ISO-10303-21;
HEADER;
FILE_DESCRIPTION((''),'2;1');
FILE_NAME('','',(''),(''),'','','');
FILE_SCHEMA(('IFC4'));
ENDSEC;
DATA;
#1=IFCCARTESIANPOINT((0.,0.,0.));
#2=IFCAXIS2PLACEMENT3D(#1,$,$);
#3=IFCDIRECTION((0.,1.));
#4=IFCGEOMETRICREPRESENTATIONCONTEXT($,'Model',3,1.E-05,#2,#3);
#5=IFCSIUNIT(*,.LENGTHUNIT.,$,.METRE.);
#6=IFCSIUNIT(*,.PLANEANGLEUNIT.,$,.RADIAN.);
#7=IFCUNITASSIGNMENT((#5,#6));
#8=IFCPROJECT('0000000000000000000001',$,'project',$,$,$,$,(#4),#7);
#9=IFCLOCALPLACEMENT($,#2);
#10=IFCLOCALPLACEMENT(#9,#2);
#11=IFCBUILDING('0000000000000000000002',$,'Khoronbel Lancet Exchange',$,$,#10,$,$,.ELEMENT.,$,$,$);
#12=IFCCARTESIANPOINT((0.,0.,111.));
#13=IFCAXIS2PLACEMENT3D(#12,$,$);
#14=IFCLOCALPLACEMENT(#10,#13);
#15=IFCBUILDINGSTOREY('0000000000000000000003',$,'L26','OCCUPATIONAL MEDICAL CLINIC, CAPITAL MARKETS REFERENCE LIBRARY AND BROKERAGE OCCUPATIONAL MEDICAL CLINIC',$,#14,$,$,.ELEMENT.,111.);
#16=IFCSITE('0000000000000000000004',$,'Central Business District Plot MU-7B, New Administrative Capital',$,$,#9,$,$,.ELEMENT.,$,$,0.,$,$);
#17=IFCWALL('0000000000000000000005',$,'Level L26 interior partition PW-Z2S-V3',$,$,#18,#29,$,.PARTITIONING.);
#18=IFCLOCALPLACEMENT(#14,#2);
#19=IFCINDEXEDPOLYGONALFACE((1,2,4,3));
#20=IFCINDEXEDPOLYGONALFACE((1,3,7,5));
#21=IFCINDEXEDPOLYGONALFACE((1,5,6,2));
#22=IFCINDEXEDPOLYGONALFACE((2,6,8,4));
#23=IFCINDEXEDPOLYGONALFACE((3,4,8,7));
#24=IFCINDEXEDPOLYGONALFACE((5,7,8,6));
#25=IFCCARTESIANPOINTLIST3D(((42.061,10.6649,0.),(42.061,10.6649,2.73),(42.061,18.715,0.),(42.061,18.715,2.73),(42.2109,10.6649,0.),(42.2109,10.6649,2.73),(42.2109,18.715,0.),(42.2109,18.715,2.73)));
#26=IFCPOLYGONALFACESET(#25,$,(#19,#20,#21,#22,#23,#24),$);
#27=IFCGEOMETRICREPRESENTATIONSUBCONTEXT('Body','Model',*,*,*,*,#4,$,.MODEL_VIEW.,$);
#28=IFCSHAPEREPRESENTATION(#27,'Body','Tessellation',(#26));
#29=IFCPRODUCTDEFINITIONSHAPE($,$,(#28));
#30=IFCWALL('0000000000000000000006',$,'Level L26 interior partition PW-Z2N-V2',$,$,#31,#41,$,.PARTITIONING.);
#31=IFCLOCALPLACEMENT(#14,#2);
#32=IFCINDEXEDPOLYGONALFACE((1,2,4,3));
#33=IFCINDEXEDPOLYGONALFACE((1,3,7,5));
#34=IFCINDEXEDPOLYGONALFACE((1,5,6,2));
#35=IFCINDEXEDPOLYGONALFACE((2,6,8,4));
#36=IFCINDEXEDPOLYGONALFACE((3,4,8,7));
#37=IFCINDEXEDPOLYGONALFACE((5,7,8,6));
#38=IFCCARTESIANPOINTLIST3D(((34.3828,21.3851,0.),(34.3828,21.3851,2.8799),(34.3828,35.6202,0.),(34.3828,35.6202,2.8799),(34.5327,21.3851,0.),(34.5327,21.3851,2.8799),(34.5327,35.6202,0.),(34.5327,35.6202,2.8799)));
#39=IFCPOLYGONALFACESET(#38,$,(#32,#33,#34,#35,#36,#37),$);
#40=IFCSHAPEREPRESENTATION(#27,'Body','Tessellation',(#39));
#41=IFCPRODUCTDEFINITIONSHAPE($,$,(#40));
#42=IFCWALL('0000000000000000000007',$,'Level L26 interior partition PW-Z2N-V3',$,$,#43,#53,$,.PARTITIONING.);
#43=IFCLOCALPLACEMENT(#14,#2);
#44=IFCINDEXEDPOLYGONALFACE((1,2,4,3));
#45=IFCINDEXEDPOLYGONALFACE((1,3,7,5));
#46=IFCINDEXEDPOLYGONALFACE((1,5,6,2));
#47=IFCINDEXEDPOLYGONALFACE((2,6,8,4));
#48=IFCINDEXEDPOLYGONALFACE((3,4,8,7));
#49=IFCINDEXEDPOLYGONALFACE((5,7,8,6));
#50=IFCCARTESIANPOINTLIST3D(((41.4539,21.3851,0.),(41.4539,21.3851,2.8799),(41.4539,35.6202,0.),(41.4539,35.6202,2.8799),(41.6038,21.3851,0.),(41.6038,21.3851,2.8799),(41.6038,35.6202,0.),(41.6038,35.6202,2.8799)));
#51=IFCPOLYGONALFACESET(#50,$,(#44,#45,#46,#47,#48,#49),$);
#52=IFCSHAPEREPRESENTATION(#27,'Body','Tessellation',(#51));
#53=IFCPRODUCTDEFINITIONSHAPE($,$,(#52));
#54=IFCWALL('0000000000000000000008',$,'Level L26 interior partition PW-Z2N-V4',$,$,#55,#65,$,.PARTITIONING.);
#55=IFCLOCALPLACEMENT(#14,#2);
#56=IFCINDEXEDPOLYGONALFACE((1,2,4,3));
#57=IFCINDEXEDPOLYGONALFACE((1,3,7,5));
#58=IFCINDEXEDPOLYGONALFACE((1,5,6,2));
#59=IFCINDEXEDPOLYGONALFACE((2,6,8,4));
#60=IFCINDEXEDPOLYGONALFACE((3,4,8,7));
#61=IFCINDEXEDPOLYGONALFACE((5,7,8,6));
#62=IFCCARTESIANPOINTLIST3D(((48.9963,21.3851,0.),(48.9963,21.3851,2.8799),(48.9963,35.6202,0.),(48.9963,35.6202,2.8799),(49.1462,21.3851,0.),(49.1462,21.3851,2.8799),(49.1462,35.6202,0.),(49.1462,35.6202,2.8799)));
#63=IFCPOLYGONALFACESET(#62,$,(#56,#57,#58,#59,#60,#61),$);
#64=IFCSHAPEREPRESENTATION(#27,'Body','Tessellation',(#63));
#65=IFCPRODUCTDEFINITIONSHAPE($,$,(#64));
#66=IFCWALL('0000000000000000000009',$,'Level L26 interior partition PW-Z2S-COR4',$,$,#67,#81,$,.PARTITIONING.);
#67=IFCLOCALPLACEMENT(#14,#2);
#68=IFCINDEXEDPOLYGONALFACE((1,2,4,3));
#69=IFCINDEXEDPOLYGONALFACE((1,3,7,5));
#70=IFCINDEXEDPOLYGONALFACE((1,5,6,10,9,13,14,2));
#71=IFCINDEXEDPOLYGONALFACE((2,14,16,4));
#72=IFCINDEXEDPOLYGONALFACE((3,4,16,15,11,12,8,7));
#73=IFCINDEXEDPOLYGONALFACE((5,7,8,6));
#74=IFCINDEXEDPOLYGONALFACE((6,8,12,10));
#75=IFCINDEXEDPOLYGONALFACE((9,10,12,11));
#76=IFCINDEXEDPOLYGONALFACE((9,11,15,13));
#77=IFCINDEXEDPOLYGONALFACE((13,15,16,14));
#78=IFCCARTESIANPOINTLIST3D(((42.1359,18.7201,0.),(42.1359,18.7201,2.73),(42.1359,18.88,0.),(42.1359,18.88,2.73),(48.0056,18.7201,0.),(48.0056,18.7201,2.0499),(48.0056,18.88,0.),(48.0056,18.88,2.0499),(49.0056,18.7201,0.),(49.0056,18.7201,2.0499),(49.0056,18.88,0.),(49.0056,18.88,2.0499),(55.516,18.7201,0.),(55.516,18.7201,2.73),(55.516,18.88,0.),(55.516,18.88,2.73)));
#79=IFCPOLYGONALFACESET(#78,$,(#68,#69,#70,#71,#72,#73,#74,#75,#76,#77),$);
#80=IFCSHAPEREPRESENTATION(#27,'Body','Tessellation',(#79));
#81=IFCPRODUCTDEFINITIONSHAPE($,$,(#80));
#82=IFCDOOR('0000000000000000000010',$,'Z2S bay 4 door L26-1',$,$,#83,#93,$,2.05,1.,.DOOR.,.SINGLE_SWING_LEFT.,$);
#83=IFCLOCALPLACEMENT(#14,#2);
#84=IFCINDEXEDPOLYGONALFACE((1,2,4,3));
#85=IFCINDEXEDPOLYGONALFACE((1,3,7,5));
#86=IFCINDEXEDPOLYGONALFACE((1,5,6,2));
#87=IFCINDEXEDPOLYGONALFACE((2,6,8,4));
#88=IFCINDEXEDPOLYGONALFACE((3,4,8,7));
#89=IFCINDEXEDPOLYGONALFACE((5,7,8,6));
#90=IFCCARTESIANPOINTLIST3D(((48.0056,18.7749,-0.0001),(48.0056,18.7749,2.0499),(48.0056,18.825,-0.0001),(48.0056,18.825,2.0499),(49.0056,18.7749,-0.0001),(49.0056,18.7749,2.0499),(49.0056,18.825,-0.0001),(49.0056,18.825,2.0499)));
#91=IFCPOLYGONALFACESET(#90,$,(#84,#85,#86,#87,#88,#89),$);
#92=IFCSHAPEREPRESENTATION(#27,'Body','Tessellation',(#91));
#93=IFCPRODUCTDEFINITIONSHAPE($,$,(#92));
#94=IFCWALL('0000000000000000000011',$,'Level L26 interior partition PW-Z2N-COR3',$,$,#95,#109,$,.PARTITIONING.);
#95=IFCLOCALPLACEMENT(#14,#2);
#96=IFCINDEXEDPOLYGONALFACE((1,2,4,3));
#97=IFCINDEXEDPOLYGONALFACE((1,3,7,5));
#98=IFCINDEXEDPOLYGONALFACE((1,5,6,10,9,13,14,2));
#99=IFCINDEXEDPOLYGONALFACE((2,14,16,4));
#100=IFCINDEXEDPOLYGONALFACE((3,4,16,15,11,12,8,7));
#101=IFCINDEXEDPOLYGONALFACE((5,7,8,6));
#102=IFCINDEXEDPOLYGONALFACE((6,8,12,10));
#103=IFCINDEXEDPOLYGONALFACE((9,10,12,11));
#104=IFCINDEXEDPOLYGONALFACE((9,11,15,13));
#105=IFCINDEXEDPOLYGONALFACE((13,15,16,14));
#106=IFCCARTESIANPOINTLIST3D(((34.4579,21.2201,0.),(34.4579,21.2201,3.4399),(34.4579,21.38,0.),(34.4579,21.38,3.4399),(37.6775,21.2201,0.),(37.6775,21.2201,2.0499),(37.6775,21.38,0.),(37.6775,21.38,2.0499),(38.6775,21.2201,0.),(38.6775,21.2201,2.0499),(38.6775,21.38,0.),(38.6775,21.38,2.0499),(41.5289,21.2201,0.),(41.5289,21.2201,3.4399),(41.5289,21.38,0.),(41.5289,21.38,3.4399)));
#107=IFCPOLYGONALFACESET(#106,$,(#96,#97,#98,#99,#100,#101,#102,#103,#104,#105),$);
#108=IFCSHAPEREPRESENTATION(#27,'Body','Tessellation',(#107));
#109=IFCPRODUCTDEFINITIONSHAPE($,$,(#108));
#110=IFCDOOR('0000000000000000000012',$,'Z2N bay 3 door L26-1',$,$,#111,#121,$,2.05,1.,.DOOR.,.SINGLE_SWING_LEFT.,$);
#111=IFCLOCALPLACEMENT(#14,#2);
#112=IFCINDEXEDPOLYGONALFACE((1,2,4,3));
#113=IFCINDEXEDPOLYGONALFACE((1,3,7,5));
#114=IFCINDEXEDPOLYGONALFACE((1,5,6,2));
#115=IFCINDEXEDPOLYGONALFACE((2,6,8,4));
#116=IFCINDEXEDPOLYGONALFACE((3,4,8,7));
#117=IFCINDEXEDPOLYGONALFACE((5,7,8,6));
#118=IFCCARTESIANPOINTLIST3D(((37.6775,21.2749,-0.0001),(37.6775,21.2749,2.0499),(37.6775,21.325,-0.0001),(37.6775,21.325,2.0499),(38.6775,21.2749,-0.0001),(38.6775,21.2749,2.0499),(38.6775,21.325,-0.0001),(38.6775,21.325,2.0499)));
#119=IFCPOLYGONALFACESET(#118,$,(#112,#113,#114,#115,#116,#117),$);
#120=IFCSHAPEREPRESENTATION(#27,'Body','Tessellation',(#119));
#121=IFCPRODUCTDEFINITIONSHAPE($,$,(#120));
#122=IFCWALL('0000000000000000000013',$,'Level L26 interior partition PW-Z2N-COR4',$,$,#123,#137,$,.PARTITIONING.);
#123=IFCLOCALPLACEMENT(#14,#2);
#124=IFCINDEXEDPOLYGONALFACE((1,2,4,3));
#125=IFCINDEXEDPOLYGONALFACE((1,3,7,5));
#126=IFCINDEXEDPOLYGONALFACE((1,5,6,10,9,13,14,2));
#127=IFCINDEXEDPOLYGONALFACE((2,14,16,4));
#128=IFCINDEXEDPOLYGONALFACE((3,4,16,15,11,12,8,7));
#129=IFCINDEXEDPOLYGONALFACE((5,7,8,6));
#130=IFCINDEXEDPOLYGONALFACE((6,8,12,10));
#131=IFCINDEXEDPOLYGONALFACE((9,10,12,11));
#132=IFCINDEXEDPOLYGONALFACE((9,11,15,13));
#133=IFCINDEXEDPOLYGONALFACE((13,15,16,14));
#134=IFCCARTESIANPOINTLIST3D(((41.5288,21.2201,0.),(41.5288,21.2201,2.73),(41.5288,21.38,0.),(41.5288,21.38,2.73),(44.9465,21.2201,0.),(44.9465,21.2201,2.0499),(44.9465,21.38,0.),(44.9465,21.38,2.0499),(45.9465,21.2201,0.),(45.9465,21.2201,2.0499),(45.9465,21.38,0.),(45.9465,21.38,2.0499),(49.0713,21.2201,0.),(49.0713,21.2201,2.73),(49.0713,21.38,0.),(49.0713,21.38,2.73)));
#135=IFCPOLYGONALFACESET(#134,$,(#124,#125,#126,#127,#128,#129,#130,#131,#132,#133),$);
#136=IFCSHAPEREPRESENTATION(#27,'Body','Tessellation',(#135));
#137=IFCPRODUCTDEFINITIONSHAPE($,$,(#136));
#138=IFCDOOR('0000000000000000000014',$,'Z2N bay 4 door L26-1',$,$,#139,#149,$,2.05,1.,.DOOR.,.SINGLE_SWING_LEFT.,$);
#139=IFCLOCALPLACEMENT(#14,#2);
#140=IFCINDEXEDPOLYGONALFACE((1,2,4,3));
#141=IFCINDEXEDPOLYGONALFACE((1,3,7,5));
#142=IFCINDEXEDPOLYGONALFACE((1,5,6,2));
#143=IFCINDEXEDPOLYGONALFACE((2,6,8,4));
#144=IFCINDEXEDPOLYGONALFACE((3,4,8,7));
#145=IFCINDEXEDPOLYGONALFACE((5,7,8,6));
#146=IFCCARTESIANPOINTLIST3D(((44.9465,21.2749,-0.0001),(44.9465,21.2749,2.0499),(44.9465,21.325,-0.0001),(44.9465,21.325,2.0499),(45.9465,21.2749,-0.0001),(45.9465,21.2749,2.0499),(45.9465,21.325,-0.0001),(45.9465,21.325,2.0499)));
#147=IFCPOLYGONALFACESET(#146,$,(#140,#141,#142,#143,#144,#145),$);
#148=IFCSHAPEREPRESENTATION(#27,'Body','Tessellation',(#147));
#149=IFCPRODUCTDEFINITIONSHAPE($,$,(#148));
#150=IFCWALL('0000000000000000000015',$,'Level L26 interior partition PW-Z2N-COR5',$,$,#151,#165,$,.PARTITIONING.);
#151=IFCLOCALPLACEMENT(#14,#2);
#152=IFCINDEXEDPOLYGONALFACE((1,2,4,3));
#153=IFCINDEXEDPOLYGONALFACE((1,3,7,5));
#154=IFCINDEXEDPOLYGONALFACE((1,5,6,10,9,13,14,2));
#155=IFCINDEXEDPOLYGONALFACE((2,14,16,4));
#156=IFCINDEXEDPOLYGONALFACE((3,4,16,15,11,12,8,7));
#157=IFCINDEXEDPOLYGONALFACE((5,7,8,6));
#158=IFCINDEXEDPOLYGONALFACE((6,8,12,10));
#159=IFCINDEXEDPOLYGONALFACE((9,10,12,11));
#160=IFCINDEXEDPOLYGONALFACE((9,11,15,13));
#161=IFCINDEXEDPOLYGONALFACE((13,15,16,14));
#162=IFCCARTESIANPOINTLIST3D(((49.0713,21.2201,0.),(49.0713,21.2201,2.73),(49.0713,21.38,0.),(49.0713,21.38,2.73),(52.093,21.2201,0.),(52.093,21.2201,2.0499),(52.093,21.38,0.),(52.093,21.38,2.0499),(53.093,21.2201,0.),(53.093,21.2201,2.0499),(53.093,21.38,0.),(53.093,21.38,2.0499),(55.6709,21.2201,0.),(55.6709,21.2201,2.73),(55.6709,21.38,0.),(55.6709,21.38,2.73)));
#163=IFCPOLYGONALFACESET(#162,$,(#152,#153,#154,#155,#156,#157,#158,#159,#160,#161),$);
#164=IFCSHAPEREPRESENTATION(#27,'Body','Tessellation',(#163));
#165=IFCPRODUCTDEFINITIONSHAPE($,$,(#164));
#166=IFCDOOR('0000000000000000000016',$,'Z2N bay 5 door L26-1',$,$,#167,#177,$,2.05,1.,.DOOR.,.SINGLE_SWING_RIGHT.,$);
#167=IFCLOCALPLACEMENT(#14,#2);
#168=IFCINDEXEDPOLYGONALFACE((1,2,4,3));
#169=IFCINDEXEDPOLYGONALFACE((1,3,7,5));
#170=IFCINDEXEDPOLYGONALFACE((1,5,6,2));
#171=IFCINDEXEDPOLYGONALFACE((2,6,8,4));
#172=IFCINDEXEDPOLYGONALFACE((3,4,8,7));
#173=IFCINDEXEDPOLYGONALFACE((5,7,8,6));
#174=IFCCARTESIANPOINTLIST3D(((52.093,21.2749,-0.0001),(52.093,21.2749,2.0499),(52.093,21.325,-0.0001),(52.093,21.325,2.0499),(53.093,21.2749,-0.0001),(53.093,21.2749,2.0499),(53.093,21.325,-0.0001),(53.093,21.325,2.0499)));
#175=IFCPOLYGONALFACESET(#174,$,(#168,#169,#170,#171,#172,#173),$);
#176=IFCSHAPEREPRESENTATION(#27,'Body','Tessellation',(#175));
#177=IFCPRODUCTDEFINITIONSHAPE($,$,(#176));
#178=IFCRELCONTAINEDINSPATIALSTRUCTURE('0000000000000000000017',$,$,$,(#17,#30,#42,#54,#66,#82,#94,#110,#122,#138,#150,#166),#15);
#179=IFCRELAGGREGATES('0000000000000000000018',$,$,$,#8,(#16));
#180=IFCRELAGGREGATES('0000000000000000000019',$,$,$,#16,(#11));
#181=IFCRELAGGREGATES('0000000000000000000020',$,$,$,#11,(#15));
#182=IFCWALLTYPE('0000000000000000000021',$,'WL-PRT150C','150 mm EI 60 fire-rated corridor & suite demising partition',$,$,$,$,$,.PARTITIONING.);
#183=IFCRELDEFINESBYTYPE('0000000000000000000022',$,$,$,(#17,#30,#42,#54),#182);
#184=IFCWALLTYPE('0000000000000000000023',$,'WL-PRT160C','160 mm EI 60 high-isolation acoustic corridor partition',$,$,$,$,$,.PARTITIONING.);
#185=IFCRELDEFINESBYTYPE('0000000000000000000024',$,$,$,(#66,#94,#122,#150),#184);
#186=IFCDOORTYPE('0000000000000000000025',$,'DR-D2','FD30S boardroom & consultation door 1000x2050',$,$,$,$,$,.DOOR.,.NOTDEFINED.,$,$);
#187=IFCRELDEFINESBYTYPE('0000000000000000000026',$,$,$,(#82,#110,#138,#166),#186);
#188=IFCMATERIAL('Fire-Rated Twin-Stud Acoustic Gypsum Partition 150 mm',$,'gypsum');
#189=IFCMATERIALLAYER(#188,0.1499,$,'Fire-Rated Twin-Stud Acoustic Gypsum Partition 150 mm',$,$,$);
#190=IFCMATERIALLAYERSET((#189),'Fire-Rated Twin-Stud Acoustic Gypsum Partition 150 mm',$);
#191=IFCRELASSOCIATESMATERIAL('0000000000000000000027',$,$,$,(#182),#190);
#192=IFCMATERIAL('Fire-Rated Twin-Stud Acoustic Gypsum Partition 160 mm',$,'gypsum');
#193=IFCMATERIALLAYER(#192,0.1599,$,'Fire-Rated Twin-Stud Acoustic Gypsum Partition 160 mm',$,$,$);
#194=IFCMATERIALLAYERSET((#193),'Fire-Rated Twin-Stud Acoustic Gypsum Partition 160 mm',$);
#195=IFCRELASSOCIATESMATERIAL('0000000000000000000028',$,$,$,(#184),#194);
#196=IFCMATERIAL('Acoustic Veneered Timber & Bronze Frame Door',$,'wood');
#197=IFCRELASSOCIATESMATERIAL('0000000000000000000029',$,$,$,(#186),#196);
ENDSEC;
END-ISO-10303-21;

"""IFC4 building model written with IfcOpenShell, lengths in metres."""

from ifc_helpers import new_model, si_unit, direction, frame, frame_2d, origin, place, context, subcontext, project, spatial, rectangle, extrude, material, layer, layer_set, type_object, element, fill, save


model = new_model("IFC4")

# Units and contexts
model_context = context("Model", 3, precision=1e-05, world=origin(), true_north=direction((0.0, 1.0)))
body_context = subcontext(model_context, "Body", "Model", "MODEL_VIEW")
ifc_project = project(units=[si_unit("LENGTHUNIT", "METRE"), si_unit("PLANEANGLEUNIT", "RADIAN")], contexts=[model_context])

# Site, building, storey
site_placement = place(None, origin())
site = spatial("IfcSite", under=ifc_project, at=site_placement, Name="Central Business District Plot MU-7B, New Administrative Capital", CompositionType="ELEMENT", RefElevation=0.0)
building_placement = place(site_placement, origin())
building = spatial("IfcBuilding", under=site, at=building_placement, Name="Khoronbel Lancet Exchange", CompositionType="ELEMENT")
storey_placement = place(building_placement, frame((0.0, 0.0, 111.0)))
storey = spatial("IfcBuildingStorey", under=building, at=storey_placement, Name="L26", Description="OCCUPATIONAL MEDICAL CLINIC, CAPITAL MARKETS REFERENCE LIBRARY AND BROKERAGE OCCUPATIONAL MEDICAL CLINIC", CompositionType="ELEMENT", Elevation=111.0)

# Walls
ifc_material_1 = material(Name="Fire-Rated Twin-Stud Acoustic Gypsum Partition 150 mm", Category="gypsum")
ifc_layer_1 = layer(ifc_material_1, 0.1499, Name="Fire-Rated Twin-Stud Acoustic Gypsum Partition 150 mm")
ifc_layer_set_1 = layer_set([ifc_layer_1], Name="Fire-Rated Twin-Stud Acoustic Gypsum Partition 150 mm")
wall_type_1 = type_object("IfcWallType", Name="WL-PRT150C", Description="150 mm EI 60 fire-rated corridor & suite demising partition", PredefinedType="PARTITIONING", material=ifc_layer_set_1)
wall_1_placement = place(storey_placement, frame((42.136, 10.665, 0.0), z_axis=(0.0, 0.0, 1.0), x_axis=(0.0, 1.0, 0.0)))
element("IfcWall", 1, at=wall_1_placement, inside=storey, type_object=wall_type_1, Name="Level L26 interior partition PW-Z2S-V3", PredefinedType="PARTITIONING", context=body_context, shape_type="SweptSolid", body=[
    extrude(rectangle(XDim=8.05, YDim=0.1499, at=frame_2d((4.0249, 0.0))), origin(), (0.0, 0.0, 1.0), 2.73),
])
for number, where, z_axis, x_axis, name in (
    (2, (34.4578, 21.385, 0.0), (0.0, 0.0, 1.0), (0.0, 1.0, 0.0), "Level L26 interior partition PW-Z2N-V2"),
    (3, (41.5288, 21.385, 0.0), (0.0, 0.0, 1.0), (0.0, 1.0, 0.0), "Level L26 interior partition PW-Z2N-V3"),
    (4, (49.0713, 21.385, 0.0), (0.0, 0.0, 1.0), (0.0, 1.0, 0.0), "Level L26 interior partition PW-Z2N-V4"),
):
    element("IfcWall", number, at=place(storey_placement, frame(where, z_axis=z_axis, x_axis=x_axis)), inside=storey, type_object=wall_type_1, Name=name, PredefinedType="PARTITIONING", context=body_context, shape_type="SweptSolid", body=[
        extrude(rectangle(XDim=14.2351, YDim=0.1499, at=frame_2d((7.1177, 0.0))), origin(), (0.0, 0.0, 1.0), 2.8799),
    ])

# Walls, openings, doors
ifc_material_2 = material(Name="Fire-Rated Twin-Stud Acoustic Gypsum Partition 160 mm", Category="gypsum")
ifc_layer_2 = layer(ifc_material_2, 0.1599, Name="Fire-Rated Twin-Stud Acoustic Gypsum Partition 160 mm")
ifc_layer_set_2 = layer_set([ifc_layer_2], Name="Fire-Rated Twin-Stud Acoustic Gypsum Partition 160 mm")
wall_type_2 = type_object("IfcWallType", Name="WL-PRT160C", Description="160 mm EI 60 high-isolation acoustic corridor partition", PredefinedType="PARTITIONING", material=ifc_layer_set_2)
wall_2_placement = place(storey_placement, frame((42.136, 18.8, 0.0), z_axis=(0.0, 0.0, 1.0), x_axis=(1.0, 0.0, 0.0)))
wall_2 = element("IfcWall", 5, at=wall_2_placement, inside=storey, type_object=wall_type_2, Name="Level L26 interior partition PW-Z2S-COR4", PredefinedType="PARTITIONING", context=body_context, shape_type="SweptSolid", body=[
    extrude(rectangle(XDim=13.3801, YDim=0.1599, at=frame_2d((6.6899, 0.0))), origin(), (0.0, 0.0, 1.0), 2.73),
])
opening_1_placement = place(wall_2_placement, frame((5.8696, 0.0, 0.0)))
opening_1 = element("IfcOpeningElement", 6, at=opening_1_placement, cuts=wall_2, PredefinedType="OPENING", context=body_context, shape_type="SweptSolid", body=[
    extrude(rectangle(XDim=1.0, YDim=2.05, at=frame_2d((0.5, 1.0249))), frame((0.0, 0.0898, 0.0), z_axis=(0.0, -1.0, 0.0), x_axis=(1.0, 0.0, 0.0)), (0.0, 0.0, 1.0), 0.1799),
])
ifc_material_3 = material(Name="Acoustic Veneered Timber & Bronze Frame Door", Category="wood")
door_type_1 = type_object("IfcDoorType", Name="DR-D2", Description="FD30S boardroom & consultation door 1000x2050", OperationType="NOTDEFINED", PredefinedType="DOOR", material=ifc_material_3)
door_1_placement = place(opening_1_placement, origin())
door_1 = element("IfcDoor", 7, at=door_1_placement, inside=storey, type_object=door_type_1, Name="Z2S bay 4 door L26-1", OperationType="SINGLE_SWING_LEFT", OverallHeight=2.05, OverallWidth=1.0, PredefinedType="DOOR", context=body_context, shape_type="SweptSolid", body=[
    extrude(rectangle(XDim=1.0, YDim=2.05, at=frame_2d((0.5, 1.0249))), frame((0.0, 0.0249, 0.0), z_axis=(0.0, -1.0, 0.0), x_axis=(1.0, 0.0, 0.0)), (0.0, 0.0, 1.0), 0.05),
])
fill(opening_1, door_1)
wall_3_placement = place(storey_placement, frame((34.4578, 21.3, 0.0), z_axis=(0.0, 0.0, 1.0), x_axis=(1.0, 0.0, 0.0)))
wall_3 = element("IfcWall", 8, at=wall_3_placement, inside=storey, type_object=wall_type_2, Name="Level L26 interior partition PW-Z2N-COR3", PredefinedType="PARTITIONING", context=body_context, shape_type="SweptSolid", body=[
    extrude(rectangle(XDim=7.071, YDim=0.1599, at=frame_2d((3.5356, 0.0))), origin(), (0.0, 0.0, 1.0), 3.4399),
])
opening_2_placement = place(wall_3_placement, frame((3.2197, 0.0, 0.0)))
opening_2 = element("IfcOpeningElement", 9, at=opening_2_placement, cuts=wall_3, PredefinedType="OPENING", context=body_context, shape_type="SweptSolid", body=[
    extrude(rectangle(XDim=1.0, YDim=2.05, at=frame_2d((0.5, 1.0249))), frame((0.0, 0.0898, 0.0), z_axis=(0.0, -1.0, 0.0), x_axis=(1.0, 0.0, 0.0)), (0.0, 0.0, 1.0), 0.1799),
])
door_2_placement = place(opening_2_placement, origin())
door_2 = element("IfcDoor", 10, at=door_2_placement, inside=storey, type_object=door_type_1, Name="Z2N bay 3 door L26-1", OperationType="SINGLE_SWING_LEFT", OverallHeight=2.05, OverallWidth=1.0, PredefinedType="DOOR", context=body_context, shape_type="SweptSolid", body=[
    extrude(rectangle(XDim=1.0, YDim=2.05, at=frame_2d((0.5, 1.0249))), frame((0.0, 0.0249, 0.0), z_axis=(0.0, -1.0, 0.0), x_axis=(1.0, 0.0, 0.0)), (0.0, 0.0, 1.0), 0.05),
])
fill(opening_2, door_2)
wall_4_placement = place(storey_placement, frame((41.5288, 21.3, 0.0), z_axis=(0.0, 0.0, 1.0), x_axis=(1.0, 0.0, 0.0)))
wall_4 = element("IfcWall", 11, at=wall_4_placement, inside=storey, type_object=wall_type_2, Name="Level L26 interior partition PW-Z2N-COR4", PredefinedType="PARTITIONING", context=body_context, shape_type="SweptSolid", body=[
    extrude(rectangle(XDim=7.5425, YDim=0.1599, at=frame_2d((3.7712, 0.0))), origin(), (0.0, 0.0, 1.0), 2.73),
])
opening_3_placement = place(wall_4_placement, frame((3.4177, 0.0, 0.0)))
opening_3 = element("IfcOpeningElement", 12, at=opening_3_placement, cuts=wall_4, PredefinedType="OPENING", context=body_context, shape_type="SweptSolid", body=[
    extrude(rectangle(XDim=1.0, YDim=2.05, at=frame_2d((0.5, 1.0249))), frame((0.0, 0.0898, 0.0), z_axis=(0.0, -1.0, 0.0), x_axis=(1.0, 0.0, 0.0)), (0.0, 0.0, 1.0), 0.1799),
])
door_3_placement = place(opening_3_placement, origin())
door_3 = element("IfcDoor", 13, at=door_3_placement, inside=storey, type_object=door_type_1, Name="Z2N bay 4 door L26-1", OperationType="SINGLE_SWING_LEFT", OverallHeight=2.05, OverallWidth=1.0, PredefinedType="DOOR", context=body_context, shape_type="SweptSolid", body=[
    extrude(rectangle(XDim=1.0, YDim=2.05, at=frame_2d((0.5, 1.0249))), frame((0.0, 0.0249, 0.0), z_axis=(0.0, -1.0, 0.0), x_axis=(1.0, 0.0, 0.0)), (0.0, 0.0, 1.0), 0.05),
])
fill(opening_3, door_3)
wall_5_placement = place(storey_placement, frame((49.0713, 21.3, 0.0), z_axis=(0.0, 0.0, 1.0), x_axis=(1.0, 0.0, 0.0)))
wall_5 = element("IfcWall", 14, at=wall_5_placement, inside=storey, type_object=wall_type_2, Name="Level L26 interior partition PW-Z2N-COR5", PredefinedType="PARTITIONING", context=body_context, shape_type="SweptSolid", body=[
    extrude(rectangle(XDim=6.5996, YDim=0.1599, at=frame_2d((3.2998, 0.0))), origin(), (0.0, 0.0, 1.0), 2.73),
])
opening_4_placement = place(wall_5_placement, frame((3.0217, 0.0, 0.0)))
opening_4 = element("IfcOpeningElement", 15, at=opening_4_placement, cuts=wall_5, PredefinedType="OPENING", context=body_context, shape_type="SweptSolid", body=[
    extrude(rectangle(XDim=1.0, YDim=2.05, at=frame_2d((0.5, 1.0249))), frame((0.0, 0.0898, 0.0), z_axis=(0.0, -1.0, 0.0), x_axis=(1.0, 0.0, 0.0)), (0.0, 0.0, 1.0), 0.1799),
])
door_4_placement = place(opening_4_placement, origin())
door_4 = element("IfcDoor", 16, at=door_4_placement, inside=storey, type_object=door_type_1, Name="Z2N bay 5 door L26-1", OperationType="SINGLE_SWING_RIGHT", OverallHeight=2.05, OverallWidth=1.0, PredefinedType="DOOR", context=body_context, shape_type="SweptSolid", body=[
    extrude(rectangle(XDim=1.0, YDim=2.05, at=frame_2d((0.5, 1.0249))), frame((0.0, 0.0249, 0.0), z_axis=(0.0, -1.0, 0.0), x_axis=(1.0, 0.0, 0.0)), (0.0, 0.0, 1.0), 0.05),
])
fill(opening_4, door_4)

save(model, "model.ifc")
